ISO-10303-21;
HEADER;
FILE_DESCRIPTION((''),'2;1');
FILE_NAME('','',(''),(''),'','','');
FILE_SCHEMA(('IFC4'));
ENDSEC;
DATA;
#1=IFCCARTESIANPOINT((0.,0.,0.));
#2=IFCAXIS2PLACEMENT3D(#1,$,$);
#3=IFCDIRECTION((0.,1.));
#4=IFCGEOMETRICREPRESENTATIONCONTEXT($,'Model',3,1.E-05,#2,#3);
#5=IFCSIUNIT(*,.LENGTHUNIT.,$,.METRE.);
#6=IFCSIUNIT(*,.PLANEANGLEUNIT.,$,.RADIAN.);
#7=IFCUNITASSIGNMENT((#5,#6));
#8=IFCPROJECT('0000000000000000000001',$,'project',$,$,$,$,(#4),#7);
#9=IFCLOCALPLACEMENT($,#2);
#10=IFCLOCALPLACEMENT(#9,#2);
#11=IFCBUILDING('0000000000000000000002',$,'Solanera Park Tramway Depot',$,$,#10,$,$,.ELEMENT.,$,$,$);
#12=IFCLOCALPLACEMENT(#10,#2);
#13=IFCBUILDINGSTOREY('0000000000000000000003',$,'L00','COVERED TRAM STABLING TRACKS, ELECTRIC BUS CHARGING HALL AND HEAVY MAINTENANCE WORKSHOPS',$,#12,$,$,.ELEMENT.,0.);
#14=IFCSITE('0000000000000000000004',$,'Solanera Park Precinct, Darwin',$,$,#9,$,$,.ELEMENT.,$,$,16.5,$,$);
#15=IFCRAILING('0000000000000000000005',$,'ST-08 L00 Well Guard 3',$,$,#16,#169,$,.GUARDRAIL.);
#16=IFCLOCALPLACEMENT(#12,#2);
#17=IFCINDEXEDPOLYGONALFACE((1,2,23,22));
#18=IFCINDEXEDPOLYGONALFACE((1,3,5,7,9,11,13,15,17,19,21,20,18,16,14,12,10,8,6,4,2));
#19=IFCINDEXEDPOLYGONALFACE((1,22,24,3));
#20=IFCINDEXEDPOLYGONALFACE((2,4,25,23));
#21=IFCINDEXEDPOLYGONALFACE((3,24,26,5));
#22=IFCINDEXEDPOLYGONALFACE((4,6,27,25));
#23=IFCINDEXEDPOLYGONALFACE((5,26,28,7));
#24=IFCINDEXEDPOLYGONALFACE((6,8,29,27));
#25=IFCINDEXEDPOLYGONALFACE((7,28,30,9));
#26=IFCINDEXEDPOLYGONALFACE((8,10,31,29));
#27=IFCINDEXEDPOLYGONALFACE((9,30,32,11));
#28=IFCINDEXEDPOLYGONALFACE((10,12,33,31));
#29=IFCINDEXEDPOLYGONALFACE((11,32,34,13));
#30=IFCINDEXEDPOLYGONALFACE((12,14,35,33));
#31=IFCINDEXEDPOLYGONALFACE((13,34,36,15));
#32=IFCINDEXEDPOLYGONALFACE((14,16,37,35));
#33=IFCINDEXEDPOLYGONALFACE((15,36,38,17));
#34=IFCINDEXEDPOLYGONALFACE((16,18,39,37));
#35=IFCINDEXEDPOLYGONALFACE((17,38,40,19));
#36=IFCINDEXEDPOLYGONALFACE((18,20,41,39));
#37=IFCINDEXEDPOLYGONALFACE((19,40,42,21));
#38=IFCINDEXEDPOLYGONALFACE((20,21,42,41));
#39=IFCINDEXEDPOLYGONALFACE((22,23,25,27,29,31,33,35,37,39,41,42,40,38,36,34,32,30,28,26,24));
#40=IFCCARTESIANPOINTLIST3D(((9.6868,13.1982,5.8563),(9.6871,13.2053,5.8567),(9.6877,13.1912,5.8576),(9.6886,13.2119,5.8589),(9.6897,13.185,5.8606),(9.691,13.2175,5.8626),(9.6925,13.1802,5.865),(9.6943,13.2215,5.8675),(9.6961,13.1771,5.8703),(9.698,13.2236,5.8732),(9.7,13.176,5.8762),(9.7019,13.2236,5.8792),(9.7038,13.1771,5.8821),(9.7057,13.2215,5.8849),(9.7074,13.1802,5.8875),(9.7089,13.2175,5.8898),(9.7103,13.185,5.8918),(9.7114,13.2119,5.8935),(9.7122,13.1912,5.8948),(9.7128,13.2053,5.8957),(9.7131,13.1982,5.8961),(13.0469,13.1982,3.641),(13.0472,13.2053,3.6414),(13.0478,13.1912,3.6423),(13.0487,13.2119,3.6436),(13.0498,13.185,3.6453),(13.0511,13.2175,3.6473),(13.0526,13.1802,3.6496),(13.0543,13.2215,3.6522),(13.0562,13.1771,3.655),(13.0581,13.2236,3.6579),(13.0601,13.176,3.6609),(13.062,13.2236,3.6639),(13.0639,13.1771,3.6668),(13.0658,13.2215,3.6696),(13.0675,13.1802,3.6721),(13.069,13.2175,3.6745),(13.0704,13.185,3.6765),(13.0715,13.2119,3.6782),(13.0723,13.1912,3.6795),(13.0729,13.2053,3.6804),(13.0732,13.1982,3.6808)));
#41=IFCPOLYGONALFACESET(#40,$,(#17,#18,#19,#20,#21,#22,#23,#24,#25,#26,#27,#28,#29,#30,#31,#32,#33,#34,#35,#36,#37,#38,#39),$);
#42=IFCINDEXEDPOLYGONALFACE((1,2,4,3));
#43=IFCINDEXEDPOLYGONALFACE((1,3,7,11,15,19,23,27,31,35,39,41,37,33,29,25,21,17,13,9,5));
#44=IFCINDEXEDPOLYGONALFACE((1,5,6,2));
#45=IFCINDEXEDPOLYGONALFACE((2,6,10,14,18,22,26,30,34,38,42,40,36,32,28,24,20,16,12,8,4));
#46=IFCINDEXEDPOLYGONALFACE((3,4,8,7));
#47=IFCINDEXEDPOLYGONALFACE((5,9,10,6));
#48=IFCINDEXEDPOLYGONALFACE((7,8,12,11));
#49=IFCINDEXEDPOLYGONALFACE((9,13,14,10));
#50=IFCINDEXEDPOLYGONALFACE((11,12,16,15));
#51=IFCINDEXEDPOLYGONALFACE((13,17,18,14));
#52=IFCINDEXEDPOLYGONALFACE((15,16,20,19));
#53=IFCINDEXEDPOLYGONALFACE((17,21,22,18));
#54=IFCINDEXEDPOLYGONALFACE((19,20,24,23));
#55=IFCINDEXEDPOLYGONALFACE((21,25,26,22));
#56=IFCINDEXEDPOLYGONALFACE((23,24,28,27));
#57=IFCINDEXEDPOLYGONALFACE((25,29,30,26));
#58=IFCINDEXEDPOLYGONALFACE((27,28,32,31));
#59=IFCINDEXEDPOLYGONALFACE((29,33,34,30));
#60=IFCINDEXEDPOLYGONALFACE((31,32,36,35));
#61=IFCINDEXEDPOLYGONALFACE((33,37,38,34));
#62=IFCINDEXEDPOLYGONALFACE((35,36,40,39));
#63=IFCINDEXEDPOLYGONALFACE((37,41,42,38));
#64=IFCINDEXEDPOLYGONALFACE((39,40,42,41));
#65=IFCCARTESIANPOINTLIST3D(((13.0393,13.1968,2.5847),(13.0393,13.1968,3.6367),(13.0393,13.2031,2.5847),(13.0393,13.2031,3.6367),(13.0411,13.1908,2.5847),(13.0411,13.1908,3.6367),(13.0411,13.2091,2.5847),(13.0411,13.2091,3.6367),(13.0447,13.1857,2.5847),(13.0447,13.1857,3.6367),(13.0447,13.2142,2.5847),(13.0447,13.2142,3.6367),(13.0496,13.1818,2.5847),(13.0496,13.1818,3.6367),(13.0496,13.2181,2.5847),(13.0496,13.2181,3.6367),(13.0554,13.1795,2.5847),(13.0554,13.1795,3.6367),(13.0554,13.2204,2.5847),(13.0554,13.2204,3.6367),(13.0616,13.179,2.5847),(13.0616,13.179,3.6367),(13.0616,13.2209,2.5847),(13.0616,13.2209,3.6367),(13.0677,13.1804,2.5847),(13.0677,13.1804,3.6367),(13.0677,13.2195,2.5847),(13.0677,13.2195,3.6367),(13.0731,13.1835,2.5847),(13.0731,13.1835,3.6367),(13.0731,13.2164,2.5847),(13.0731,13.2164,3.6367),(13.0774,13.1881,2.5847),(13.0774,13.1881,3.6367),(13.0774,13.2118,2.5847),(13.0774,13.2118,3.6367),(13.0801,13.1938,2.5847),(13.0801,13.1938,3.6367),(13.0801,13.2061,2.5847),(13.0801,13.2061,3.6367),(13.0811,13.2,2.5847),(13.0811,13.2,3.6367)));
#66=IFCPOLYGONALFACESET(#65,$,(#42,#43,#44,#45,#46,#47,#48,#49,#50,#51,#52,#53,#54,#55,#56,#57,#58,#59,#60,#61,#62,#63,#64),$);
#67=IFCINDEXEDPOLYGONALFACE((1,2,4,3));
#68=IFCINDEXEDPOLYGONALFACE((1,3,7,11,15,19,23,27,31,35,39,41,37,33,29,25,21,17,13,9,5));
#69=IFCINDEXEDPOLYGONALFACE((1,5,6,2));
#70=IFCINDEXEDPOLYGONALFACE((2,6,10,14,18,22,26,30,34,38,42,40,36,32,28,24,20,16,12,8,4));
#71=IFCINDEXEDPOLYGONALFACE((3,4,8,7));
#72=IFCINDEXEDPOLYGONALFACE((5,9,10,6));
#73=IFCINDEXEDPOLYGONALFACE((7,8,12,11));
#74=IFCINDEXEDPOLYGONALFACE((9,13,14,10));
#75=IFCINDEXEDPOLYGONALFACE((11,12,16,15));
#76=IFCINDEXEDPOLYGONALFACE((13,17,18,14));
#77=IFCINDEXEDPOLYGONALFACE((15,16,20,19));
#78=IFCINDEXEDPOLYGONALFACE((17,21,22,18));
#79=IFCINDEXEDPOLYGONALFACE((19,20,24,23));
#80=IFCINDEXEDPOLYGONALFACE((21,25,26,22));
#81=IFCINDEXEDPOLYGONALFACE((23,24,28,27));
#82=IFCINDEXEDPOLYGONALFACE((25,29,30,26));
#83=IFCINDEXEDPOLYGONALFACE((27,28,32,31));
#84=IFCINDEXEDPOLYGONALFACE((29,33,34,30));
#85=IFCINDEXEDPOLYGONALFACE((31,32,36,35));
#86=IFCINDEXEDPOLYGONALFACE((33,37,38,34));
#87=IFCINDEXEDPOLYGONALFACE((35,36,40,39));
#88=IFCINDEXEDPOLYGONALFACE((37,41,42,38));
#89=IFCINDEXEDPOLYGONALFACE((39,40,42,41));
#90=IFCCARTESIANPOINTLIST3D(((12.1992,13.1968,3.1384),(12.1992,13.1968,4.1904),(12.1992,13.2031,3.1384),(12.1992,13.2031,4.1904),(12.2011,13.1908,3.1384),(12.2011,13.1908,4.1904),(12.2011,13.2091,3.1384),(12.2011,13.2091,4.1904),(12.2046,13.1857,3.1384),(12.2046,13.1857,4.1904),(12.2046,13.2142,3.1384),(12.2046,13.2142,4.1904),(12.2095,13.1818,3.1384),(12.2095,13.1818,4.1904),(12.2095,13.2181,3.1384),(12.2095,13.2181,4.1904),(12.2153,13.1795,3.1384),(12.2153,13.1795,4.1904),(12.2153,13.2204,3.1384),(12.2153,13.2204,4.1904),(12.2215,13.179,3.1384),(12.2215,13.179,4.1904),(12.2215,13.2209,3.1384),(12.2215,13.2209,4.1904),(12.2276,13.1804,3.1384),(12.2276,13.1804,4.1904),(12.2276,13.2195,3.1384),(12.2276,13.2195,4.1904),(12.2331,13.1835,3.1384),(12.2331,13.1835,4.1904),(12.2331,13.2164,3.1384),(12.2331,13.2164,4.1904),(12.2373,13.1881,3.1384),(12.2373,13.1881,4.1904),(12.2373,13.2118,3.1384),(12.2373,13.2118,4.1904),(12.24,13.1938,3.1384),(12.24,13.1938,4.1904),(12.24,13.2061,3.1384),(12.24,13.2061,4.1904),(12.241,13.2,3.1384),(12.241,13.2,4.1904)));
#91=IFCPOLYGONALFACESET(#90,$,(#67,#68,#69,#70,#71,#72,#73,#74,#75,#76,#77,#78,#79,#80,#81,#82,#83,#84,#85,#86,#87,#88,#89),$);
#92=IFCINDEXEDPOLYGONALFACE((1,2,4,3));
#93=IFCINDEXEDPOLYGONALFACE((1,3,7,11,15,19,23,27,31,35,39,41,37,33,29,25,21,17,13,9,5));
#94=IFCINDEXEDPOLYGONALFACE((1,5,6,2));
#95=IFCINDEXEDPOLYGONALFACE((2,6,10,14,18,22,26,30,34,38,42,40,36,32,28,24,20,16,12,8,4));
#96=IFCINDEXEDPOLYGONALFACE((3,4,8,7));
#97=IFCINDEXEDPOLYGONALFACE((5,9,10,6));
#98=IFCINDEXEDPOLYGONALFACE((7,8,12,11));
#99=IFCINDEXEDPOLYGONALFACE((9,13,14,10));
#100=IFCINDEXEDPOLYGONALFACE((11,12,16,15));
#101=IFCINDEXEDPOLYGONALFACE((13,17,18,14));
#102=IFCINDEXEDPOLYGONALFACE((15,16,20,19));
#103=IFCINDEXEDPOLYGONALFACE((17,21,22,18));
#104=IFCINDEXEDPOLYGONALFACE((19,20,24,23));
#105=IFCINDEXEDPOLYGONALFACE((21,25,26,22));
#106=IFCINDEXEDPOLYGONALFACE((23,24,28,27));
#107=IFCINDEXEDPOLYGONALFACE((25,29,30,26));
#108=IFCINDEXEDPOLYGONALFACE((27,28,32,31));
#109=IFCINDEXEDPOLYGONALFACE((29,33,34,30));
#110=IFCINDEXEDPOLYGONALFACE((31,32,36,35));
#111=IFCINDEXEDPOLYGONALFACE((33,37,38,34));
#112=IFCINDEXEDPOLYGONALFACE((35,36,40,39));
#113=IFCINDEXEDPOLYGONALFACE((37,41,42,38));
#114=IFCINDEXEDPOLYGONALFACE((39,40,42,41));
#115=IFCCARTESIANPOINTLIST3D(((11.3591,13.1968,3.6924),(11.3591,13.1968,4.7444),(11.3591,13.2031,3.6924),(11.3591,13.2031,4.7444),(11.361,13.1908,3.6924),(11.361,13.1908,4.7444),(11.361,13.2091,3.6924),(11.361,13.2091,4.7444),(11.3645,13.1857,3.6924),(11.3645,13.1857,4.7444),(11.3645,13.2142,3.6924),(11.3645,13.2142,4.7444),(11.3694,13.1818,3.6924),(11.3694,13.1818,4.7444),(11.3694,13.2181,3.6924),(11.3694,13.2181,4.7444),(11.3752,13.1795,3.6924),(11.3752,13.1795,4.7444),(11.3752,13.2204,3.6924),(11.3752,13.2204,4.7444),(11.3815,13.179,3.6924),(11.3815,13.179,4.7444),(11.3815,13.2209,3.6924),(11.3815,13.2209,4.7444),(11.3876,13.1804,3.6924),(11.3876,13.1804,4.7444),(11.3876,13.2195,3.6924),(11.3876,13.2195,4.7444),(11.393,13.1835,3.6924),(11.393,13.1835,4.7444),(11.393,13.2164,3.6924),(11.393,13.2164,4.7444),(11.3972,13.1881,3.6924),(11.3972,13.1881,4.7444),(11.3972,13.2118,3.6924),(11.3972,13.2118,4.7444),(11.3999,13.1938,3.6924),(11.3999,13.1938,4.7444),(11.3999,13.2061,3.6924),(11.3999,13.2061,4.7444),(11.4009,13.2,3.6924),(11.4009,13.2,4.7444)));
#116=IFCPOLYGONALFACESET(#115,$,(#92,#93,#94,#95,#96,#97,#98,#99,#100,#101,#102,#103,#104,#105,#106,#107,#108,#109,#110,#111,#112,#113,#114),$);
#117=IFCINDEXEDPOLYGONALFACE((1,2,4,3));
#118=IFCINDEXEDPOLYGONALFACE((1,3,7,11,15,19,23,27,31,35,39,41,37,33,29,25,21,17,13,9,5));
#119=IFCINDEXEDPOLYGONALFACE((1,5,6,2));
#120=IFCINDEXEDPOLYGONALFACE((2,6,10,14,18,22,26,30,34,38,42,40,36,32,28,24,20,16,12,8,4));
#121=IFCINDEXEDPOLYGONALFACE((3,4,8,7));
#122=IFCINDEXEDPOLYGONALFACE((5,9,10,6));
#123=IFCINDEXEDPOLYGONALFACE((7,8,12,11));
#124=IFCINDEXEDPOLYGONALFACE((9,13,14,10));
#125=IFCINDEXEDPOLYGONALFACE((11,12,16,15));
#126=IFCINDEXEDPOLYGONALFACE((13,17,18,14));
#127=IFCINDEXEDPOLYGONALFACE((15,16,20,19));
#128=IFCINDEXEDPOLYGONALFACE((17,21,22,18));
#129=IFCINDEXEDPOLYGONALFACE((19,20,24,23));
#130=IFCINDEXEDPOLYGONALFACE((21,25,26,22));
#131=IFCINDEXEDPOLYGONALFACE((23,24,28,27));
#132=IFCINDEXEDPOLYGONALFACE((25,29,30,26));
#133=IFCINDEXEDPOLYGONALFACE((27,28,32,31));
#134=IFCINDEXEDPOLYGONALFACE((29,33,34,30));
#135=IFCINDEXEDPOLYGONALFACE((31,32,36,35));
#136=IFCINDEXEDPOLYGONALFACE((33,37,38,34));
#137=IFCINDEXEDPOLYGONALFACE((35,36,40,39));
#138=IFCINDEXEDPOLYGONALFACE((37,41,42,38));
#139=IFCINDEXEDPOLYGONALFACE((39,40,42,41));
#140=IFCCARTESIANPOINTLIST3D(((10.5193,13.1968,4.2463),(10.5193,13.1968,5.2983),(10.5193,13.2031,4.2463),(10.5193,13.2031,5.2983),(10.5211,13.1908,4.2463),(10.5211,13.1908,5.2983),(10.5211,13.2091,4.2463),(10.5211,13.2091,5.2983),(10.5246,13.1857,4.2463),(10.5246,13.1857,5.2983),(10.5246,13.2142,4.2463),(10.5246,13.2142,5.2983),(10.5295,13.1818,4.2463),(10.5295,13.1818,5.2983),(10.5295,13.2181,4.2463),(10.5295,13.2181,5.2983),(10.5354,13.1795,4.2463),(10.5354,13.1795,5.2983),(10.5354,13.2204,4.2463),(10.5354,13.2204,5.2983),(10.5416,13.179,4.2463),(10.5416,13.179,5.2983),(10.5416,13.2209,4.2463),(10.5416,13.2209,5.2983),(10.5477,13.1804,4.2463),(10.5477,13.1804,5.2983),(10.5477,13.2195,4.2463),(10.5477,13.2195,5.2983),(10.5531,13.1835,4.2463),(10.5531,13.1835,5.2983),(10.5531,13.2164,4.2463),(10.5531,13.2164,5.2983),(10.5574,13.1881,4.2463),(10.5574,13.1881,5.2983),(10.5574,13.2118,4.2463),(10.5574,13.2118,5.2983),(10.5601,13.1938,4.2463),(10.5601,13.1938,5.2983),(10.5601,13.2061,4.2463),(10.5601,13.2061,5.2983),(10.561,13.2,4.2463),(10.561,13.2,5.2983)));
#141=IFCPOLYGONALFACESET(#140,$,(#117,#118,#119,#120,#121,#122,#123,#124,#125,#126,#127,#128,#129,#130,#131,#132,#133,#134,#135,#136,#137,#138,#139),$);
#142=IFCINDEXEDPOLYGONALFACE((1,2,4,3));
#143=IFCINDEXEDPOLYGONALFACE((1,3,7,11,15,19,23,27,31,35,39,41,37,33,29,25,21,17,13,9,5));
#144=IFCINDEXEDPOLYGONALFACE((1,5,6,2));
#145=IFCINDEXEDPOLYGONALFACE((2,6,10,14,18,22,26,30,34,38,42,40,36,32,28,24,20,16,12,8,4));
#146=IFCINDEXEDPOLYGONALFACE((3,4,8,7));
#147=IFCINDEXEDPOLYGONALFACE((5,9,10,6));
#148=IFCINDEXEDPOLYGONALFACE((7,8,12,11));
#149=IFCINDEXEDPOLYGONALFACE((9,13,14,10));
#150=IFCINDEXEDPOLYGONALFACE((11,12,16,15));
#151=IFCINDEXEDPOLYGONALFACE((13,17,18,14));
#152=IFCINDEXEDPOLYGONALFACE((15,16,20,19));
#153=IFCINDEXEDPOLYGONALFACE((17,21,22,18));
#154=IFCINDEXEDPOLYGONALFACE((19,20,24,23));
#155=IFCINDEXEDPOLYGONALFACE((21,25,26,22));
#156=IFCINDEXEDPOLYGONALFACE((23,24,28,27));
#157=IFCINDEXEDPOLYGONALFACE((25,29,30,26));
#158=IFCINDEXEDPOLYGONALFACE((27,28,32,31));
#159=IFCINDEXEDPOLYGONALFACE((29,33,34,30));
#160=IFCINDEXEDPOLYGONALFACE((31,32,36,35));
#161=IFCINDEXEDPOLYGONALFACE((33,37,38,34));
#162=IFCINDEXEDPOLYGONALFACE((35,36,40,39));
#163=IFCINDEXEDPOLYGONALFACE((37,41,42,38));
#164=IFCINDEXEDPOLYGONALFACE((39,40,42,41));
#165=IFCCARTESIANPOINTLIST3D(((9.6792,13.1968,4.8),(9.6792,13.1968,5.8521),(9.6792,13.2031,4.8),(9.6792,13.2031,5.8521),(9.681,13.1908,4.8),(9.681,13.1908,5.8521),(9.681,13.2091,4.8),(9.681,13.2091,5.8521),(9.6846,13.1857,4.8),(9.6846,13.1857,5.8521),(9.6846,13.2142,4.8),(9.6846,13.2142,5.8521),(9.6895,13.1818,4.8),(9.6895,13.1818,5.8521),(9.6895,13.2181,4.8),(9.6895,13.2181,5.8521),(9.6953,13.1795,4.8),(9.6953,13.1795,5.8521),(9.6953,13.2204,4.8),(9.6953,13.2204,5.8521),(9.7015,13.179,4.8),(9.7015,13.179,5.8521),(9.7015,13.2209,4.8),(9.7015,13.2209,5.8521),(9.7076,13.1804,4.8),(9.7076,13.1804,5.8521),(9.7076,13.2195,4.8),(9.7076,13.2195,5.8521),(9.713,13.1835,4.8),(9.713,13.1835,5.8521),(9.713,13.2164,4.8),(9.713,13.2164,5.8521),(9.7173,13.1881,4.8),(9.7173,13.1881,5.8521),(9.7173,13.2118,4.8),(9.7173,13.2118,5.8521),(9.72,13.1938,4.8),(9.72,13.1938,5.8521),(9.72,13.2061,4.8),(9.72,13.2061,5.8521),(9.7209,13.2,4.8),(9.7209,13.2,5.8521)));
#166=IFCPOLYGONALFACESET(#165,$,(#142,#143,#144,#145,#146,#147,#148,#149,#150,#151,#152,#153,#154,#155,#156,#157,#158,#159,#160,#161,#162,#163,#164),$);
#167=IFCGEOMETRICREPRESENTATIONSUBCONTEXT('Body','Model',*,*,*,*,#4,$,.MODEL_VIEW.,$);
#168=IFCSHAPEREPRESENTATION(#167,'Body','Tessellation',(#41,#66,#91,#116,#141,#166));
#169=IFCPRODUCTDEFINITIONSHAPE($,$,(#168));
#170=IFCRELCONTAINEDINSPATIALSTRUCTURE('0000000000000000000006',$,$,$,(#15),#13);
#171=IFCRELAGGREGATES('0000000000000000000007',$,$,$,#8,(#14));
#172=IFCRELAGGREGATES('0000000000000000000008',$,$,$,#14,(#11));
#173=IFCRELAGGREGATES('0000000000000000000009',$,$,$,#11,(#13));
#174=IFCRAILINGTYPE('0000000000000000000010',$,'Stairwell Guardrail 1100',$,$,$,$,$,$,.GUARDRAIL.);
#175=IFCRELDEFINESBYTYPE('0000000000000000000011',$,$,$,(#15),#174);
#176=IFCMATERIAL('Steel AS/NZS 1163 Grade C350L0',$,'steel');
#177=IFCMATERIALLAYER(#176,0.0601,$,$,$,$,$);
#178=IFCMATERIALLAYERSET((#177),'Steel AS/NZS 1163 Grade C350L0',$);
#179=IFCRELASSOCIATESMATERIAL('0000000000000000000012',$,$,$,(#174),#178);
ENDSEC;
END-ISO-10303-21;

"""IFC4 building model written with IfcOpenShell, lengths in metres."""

from ifc_helpers import new_model, si_unit, direction, frame, origin, origin_2d, place, context, subcontext, project, spatial, circle, extrude, material, layer, layer_set, type_object, element, save


model = new_model("IFC4")

# Units and contexts
model_context = context("Model", 3, precision=1e-05, world=origin(), true_north=direction((0.0, 1.0)))
body_context = subcontext(model_context, "Body", "Model", "MODEL_VIEW")
ifc_project = project(units=[si_unit("LENGTHUNIT", "METRE"), si_unit("PLANEANGLEUNIT", "RADIAN")], contexts=[model_context])

# Site, building, storey
site_placement = place(None, origin())
site = spatial("IfcSite", under=ifc_project, at=site_placement, Name="Solanera Park Precinct, Darwin", CompositionType="ELEMENT", RefElevation=16.5)
building_placement = place(site_placement, origin())
building = spatial("IfcBuilding", under=site, at=building_placement, Name="Solanera Park Tramway Depot", CompositionType="ELEMENT")
storey_placement = place(building_placement, origin())
storey = spatial("IfcBuildingStorey", under=building, at=storey_placement, Name="L00", Description="COVERED TRAM STABLING TRACKS, ELECTRIC BUS CHARGING HALL AND HEAVY MAINTENANCE WORKSHOPS", CompositionType="ELEMENT", Elevation=0.0)

# Railing
ifc_material_1 = material(Name="Steel AS/NZS 1163 Grade C350L0", Category="steel")
ifc_layer_1 = layer(ifc_material_1, 0.0601)
ifc_layer_set_1 = layer_set([ifc_layer_1], Name="Steel AS/NZS 1163 Grade C350L0")
railing_type_1 = type_object("IfcRailingType", Name="Stairwell Guardrail 1100", PredefinedType="GUARDRAIL", material=ifc_layer_set_1)
railing_1_placement = place(storey_placement, frame((13.0601, 13.2, 2.5847)))
element("IfcRailing", 1, at=railing_1_placement, inside=storey, type_object=railing_type_1, Name="ST-08 L00 Well Guard 3", PredefinedType="GUARDRAIL", context=body_context, shape_type="SweptSolid", body=[
    extrude(circle(Radius=0.0239, at=origin_2d()), frame((0.0, 0.0, 1.0762), z_axis=(-0.834876, 0.0, 0.550437), x_axis=(0.0, -1.0, 0.0)), (0.0, 0.0, 1.0), 4.0247),
    extrude(circle(Radius=0.021, at=origin_2d()), origin(), (0.0, 0.0, 1.0), 1.052),
    extrude(circle(Radius=0.021, at=origin_2d()), frame((-0.8401, 0.0, 0.5537)), (0.0, 0.0, 1.0), 1.052),
    extrude(circle(Radius=0.021, at=origin_2d()), frame((-1.6802, 0.0, 1.1077)), (0.0, 0.0, 1.0), 1.052),
    extrude(circle(Radius=0.021, at=origin_2d()), frame((-2.52, 0.0, 1.6616)), (0.0, 0.0, 1.0), 1.052),
    extrude(circle(Radius=0.021, at=origin_2d()), frame((-3.3601, 0.0, 2.2153)), (0.0, 0.0, 1.0), 1.052),
])

save(model, "model.ifc")
